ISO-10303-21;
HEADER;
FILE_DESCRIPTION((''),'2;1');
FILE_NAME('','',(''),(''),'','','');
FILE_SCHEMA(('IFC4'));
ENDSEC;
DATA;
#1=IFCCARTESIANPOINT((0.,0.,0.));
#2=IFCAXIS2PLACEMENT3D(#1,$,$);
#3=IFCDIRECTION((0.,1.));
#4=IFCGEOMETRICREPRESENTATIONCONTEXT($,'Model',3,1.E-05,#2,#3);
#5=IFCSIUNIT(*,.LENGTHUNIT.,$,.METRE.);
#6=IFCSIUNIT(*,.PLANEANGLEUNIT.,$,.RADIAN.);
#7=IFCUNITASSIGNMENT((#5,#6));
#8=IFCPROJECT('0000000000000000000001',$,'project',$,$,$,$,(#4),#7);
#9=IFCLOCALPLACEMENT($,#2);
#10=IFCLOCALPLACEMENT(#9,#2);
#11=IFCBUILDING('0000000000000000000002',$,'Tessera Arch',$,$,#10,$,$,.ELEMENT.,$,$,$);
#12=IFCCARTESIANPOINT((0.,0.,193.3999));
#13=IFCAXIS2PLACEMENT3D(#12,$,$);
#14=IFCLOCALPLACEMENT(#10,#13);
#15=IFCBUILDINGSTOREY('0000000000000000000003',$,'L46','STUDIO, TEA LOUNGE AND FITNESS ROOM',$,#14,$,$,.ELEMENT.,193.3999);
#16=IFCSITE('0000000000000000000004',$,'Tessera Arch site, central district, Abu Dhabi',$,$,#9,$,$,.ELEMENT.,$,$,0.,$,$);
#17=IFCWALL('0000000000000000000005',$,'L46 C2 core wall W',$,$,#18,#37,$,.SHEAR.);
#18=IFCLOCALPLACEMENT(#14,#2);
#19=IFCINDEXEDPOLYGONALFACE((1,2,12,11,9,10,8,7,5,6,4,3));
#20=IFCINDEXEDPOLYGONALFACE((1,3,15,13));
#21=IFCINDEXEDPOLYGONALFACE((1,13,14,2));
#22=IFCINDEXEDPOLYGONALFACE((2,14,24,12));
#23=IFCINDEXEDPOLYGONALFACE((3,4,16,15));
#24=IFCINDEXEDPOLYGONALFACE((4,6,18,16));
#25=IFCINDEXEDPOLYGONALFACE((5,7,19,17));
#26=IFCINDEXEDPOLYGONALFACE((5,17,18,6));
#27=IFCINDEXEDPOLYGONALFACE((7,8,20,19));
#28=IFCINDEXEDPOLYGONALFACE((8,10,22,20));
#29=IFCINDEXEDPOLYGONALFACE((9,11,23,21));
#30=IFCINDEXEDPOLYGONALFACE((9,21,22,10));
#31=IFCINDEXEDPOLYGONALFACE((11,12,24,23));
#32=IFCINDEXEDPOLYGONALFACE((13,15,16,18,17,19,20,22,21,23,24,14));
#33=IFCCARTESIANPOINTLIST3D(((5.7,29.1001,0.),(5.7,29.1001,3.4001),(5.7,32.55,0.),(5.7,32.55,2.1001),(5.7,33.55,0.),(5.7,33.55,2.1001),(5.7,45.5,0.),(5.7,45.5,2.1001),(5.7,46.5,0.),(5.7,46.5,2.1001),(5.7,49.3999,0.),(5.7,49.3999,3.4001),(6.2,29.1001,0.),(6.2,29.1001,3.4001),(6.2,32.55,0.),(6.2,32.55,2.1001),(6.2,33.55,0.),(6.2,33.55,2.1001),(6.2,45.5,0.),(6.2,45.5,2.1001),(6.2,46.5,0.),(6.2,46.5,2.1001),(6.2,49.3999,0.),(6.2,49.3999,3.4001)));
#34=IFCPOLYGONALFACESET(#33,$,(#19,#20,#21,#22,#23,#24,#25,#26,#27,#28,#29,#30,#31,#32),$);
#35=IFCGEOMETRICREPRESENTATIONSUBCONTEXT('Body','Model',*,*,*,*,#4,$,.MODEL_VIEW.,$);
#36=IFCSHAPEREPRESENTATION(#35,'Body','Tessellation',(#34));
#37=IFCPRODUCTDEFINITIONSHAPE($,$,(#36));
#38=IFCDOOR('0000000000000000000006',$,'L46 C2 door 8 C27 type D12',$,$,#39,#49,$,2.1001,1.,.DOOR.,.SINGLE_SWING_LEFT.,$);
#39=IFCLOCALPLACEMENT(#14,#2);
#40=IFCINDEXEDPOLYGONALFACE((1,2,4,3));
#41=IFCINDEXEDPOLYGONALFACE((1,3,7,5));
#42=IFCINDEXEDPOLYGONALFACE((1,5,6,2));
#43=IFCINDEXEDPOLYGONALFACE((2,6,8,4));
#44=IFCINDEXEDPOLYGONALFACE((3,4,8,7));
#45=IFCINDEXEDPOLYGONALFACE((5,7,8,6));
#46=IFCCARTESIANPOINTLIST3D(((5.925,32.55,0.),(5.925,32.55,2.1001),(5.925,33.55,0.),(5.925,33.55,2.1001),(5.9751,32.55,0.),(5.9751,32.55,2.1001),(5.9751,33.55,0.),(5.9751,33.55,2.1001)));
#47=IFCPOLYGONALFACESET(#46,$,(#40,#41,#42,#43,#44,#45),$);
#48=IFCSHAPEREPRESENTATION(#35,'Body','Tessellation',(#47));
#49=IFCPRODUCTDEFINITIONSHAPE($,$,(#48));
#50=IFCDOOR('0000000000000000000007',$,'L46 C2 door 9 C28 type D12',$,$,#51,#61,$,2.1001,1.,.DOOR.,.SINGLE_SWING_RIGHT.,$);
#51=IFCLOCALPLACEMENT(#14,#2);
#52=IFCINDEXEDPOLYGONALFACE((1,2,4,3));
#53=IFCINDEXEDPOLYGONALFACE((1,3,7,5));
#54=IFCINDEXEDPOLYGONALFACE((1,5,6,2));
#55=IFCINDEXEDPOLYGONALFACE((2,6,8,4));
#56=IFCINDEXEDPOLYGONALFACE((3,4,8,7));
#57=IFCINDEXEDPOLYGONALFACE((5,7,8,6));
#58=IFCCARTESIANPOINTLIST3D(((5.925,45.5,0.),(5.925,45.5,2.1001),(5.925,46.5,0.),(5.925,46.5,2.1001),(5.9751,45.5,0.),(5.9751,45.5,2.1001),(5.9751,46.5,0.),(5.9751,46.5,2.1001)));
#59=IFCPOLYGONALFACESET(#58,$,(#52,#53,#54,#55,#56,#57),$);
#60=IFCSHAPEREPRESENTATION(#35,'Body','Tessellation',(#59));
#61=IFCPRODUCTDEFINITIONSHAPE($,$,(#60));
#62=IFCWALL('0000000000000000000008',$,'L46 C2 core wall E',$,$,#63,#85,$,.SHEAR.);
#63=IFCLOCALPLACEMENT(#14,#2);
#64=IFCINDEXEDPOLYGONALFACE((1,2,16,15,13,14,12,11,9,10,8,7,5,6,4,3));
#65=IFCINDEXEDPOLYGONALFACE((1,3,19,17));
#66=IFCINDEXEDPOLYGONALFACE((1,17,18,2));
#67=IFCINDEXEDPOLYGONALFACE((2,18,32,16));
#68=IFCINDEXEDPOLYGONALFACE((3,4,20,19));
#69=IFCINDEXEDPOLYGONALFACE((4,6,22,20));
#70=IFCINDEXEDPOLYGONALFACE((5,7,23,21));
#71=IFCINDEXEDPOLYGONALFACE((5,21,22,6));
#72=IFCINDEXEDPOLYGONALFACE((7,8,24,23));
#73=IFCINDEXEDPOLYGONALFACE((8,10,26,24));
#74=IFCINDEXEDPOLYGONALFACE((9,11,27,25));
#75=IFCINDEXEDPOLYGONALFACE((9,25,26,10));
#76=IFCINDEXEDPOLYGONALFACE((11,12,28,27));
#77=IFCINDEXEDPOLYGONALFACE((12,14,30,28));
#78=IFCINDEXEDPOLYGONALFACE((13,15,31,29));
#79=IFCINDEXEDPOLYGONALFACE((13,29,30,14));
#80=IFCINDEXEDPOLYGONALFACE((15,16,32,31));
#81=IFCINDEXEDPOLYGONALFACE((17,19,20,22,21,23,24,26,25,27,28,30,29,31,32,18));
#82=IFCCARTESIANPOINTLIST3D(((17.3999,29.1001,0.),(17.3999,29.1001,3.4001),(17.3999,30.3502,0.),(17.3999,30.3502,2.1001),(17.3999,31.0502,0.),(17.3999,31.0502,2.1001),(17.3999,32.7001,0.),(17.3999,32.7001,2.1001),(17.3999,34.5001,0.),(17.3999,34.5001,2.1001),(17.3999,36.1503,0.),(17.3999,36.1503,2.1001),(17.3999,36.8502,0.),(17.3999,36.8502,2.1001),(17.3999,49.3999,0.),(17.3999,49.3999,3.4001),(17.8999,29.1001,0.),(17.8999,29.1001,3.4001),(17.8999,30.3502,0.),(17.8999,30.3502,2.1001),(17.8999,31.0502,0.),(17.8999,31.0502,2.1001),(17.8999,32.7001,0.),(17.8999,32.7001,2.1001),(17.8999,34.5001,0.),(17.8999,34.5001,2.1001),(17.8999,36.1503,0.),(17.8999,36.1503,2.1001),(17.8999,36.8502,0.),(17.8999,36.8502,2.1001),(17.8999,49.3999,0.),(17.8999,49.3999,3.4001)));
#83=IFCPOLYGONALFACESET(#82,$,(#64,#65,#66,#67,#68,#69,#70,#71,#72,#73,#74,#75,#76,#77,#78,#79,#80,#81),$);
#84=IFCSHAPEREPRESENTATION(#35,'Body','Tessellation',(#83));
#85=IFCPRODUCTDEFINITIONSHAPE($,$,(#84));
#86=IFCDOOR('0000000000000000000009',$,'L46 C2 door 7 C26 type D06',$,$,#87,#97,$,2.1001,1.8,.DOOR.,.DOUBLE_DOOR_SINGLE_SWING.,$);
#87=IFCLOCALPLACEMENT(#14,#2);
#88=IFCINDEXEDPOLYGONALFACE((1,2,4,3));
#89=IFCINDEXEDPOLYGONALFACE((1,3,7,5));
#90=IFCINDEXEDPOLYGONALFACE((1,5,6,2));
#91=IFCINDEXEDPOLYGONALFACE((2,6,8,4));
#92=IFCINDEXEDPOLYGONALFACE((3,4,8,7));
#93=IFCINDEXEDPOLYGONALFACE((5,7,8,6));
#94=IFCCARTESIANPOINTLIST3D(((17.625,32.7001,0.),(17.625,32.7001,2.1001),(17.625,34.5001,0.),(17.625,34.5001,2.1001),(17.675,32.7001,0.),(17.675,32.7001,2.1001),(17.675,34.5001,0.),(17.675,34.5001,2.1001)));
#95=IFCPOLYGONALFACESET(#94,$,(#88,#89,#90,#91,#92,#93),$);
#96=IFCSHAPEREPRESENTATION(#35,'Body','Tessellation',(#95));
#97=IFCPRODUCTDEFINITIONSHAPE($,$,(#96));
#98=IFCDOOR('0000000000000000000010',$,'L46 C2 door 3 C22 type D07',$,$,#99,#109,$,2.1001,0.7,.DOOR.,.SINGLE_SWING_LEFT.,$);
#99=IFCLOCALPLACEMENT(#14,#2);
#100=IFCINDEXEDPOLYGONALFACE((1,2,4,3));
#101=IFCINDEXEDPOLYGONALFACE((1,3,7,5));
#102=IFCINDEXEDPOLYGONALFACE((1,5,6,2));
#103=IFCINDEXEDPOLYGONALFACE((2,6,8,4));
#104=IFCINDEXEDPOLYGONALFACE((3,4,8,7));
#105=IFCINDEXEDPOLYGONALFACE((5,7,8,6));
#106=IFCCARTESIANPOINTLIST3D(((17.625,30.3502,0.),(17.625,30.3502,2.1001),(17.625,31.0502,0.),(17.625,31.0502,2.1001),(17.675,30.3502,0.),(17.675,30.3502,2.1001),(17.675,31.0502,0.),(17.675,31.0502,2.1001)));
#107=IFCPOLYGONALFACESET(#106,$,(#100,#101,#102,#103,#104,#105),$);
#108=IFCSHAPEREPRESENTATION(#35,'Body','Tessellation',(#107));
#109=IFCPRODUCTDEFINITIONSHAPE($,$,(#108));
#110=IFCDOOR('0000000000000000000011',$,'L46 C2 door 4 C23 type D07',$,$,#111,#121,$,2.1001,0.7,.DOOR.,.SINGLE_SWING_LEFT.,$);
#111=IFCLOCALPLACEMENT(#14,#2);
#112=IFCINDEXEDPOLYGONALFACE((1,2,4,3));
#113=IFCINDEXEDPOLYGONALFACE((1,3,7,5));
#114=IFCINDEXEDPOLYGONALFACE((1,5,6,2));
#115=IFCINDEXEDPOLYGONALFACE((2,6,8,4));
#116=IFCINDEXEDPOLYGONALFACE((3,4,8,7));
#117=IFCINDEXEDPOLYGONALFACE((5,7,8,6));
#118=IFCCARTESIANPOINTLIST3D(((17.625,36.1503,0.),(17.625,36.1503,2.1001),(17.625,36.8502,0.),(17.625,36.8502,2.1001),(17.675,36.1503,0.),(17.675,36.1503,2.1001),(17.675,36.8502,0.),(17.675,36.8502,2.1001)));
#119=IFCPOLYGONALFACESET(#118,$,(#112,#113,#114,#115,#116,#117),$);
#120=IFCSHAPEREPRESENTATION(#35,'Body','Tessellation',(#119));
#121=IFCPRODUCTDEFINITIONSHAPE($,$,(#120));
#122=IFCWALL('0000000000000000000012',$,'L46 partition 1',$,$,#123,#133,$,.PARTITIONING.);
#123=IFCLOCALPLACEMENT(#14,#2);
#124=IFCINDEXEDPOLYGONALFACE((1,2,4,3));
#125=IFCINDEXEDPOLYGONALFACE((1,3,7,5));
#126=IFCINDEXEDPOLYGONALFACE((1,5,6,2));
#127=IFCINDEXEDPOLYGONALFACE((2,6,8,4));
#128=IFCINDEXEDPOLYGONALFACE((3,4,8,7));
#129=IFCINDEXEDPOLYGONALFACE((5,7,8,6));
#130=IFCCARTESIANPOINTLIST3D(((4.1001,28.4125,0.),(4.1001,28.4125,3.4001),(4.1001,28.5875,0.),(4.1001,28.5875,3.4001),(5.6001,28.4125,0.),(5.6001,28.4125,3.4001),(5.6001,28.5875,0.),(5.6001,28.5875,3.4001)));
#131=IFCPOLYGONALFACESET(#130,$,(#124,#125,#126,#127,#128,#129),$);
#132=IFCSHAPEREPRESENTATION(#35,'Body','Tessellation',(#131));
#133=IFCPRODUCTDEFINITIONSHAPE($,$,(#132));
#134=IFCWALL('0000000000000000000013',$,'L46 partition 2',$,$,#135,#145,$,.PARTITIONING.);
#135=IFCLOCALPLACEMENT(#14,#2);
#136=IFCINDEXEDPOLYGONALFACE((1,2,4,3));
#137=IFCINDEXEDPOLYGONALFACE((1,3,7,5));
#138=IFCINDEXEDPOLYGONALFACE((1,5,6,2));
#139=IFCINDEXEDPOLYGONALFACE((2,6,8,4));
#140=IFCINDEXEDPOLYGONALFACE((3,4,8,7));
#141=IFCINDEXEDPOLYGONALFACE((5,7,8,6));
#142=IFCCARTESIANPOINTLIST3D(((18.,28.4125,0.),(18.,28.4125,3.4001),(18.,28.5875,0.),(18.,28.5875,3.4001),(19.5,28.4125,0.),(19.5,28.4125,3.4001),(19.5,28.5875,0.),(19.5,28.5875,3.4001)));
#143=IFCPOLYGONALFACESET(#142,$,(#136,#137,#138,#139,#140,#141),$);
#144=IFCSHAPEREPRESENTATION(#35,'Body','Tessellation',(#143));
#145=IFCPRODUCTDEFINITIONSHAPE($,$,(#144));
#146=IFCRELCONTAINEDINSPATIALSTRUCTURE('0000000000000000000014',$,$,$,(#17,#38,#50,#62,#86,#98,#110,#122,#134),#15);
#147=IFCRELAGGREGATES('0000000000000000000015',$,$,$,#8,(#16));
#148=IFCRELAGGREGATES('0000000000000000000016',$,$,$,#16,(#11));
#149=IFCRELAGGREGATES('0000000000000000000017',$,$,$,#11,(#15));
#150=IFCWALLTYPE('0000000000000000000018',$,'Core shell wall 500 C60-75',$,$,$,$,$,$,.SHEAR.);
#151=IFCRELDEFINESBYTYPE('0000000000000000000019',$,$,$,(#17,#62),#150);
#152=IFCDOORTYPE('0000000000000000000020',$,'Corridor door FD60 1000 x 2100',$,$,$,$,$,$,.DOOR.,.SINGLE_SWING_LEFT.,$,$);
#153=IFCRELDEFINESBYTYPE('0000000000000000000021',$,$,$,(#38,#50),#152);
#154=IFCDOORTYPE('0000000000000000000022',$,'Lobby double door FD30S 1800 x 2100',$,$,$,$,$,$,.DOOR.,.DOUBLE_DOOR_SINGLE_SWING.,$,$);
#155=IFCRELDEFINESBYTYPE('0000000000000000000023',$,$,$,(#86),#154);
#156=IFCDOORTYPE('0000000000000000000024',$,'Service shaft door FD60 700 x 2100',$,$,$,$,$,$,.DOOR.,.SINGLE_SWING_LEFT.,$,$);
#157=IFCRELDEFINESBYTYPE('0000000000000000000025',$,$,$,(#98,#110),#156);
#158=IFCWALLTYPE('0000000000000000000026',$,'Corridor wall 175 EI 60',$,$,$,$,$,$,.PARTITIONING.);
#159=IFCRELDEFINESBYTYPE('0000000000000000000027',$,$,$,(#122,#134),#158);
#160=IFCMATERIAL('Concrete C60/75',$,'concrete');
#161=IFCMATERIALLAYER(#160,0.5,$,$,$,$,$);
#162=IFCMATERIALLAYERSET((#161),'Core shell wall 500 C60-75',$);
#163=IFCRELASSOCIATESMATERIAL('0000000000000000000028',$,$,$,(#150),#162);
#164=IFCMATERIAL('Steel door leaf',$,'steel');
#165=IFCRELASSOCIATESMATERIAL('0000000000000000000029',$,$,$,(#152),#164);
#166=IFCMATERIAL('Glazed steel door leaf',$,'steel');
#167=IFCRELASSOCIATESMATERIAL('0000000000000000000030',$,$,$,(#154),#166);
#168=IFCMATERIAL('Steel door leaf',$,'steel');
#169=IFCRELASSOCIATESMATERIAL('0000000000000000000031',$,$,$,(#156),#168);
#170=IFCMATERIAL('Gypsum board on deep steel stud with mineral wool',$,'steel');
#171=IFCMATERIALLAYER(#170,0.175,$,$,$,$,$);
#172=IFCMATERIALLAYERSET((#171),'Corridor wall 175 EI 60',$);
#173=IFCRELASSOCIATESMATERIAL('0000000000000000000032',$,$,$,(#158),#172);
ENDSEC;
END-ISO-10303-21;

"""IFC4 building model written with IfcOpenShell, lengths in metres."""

from ifc_helpers import new_model, si_unit, direction, frame, frame_2d, origin, place, context, subcontext, project, spatial, rectangle, extrude, material, layer, layer_set, type_object, element, fill, save


model = new_model("IFC4")

# Units and contexts
model_context = context("Model", 3, precision=1e-05, world=origin(), true_north=direction((0.0, 1.0)))
body_context = subcontext(model_context, "Body", "Model", "MODEL_VIEW")
ifc_project = project(units=[si_unit("LENGTHUNIT", "METRE"), si_unit("PLANEANGLEUNIT", "RADIAN")], contexts=[model_context])

# Site, building, storey
site_placement = place(None, origin())
site = spatial("IfcSite", under=ifc_project, at=site_placement, Name="Tessera Arch site, central district, Abu Dhabi", CompositionType="ELEMENT", RefElevation=0.0)
building_placement = place(site_placement, origin())
building = spatial("IfcBuilding", under=site, at=building_placement, Name="Tessera Arch", CompositionType="ELEMENT")
storey_placement = place(building_placement, frame((0.0, 0.0, 193.3999)))
storey = spatial("IfcBuildingStorey", under=building, at=storey_placement, Name="L46", Description="STUDIO, TEA LOUNGE AND FITNESS ROOM", CompositionType="ELEMENT", Elevation=193.3999)

# Shared definitions
ifc_material_1 = material(Name="Concrete C60/75", Category="concrete")
ifc_layer_1 = layer(ifc_material_1, 0.5)
ifc_layer_set_1 = layer_set([ifc_layer_1], Name="Core shell wall 500 C60-75")
wall_type_1 = type_object("IfcWallType", Name="Core shell wall 500 C60-75", PredefinedType="SHEAR", material=ifc_layer_set_1)

# Walls, openings, doors
wall_1_placement = place(storey_placement, frame((5.95, 29.1001, 0.0), z_axis=(0.0, 0.0, 1.0), x_axis=(0.0, 1.0, 0.0)))
wall_1 = element("IfcWall", 1, at=wall_1_placement, inside=storey, type_object=wall_type_1, Name="L46 C2 core wall W", PredefinedType="SHEAR", context=body_context, shape_type="SweptSolid", body=[
    extrude(rectangle(XDim=20.2998, YDim=0.5, at=frame_2d((10.1499, 0.0))), origin(), (0.0, 0.0, 1.0), 3.4001),
])
opening_1_placement = place(wall_1_placement, frame((3.45, 0.0, 0.0)))
opening_1 = element("IfcOpeningElement", 2, at=opening_1_placement, cuts=wall_1, PredefinedType="OPENING", context=body_context, shape_type="SweptSolid", body=[
    extrude(rectangle(XDim=1.0, YDim=2.1001, at=frame_2d((0.5, 1.05))), frame((0.0, 0.26, 0.0), z_axis=(0.0, -1.0, 0.0), x_axis=(1.0, 0.0, 0.0)), (0.0, 0.0, 1.0), 0.52),
])
opening_2_placement = place(wall_1_placement, frame((16.3999, 0.0, 0.0)))
opening_2 = element("IfcOpeningElement", 3, at=opening_2_placement, cuts=wall_1, PredefinedType="OPENING", context=body_context, shape_type="SweptSolid", body=[
    extrude(rectangle(XDim=1.0, YDim=2.1001, at=frame_2d((0.5, 1.05))), frame((0.0, 0.26, 0.0), z_axis=(0.0, -1.0, 0.0), x_axis=(1.0, 0.0, 0.0)), (0.0, 0.0, 1.0), 0.52),
])
ifc_material_2 = material(Name="Steel door leaf", Category="steel")
door_type_1 = type_object("IfcDoorType", Name="Corridor door FD60 1000 x 2100", OperationType="SINGLE_SWING_LEFT", PredefinedType="DOOR", material=ifc_material_2)
door_1_placement = place(opening_1_placement, origin())
door_1 = element("IfcDoor", 4, at=door_1_placement, inside=storey, type_object=door_type_1, Name="L46 C2 door 8 C27 type D12", OperationType="SINGLE_SWING_LEFT", OverallHeight=2.1001, OverallWidth=1.0, PredefinedType="DOOR", context=body_context, shape_type="SweptSolid", body=[
    extrude(rectangle(XDim=1.0, YDim=2.1001, at=frame_2d((0.5, 1.05))), frame((0.0, 0.0249, 0.0), z_axis=(0.0, -1.0, 0.0), x_axis=(1.0, 0.0, 0.0)), (0.0, 0.0, 1.0), 0.05),
])
fill(opening_1, door_1)
door_2_placement = place(opening_2_placement, origin())
door_2 = element("IfcDoor", 5, at=door_2_placement, inside=storey, type_object=door_type_1, Name="L46 C2 door 9 C28 type D12", OperationType="SINGLE_SWING_RIGHT", OverallHeight=2.1001, OverallWidth=1.0, PredefinedType="DOOR", context=body_context, shape_type="SweptSolid", body=[
    extrude(rectangle(XDim=1.0, YDim=2.1001, at=frame_2d((0.5, 1.05))), frame((0.0, 0.0249, 0.0), z_axis=(0.0, -1.0, 0.0), x_axis=(1.0, 0.0, 0.0)), (0.0, 0.0, 1.0), 0.05),
])
fill(opening_2, door_2)
wall_2_placement = place(storey_placement, frame((17.6499, 29.1001, 0.0), z_axis=(0.0, 0.0, 1.0), x_axis=(0.0, 1.0, 0.0)))
wall_2 = element("IfcWall", 6, at=wall_2_placement, inside=storey, type_object=wall_type_1, Name="L46 C2 core wall E", PredefinedType="SHEAR", context=body_context, shape_type="SweptSolid", body=[
    extrude(rectangle(XDim=20.2998, YDim=0.5, at=frame_2d((10.1499, 0.0))), origin(), (0.0, 0.0, 1.0), 3.4001),
])
opening_3_placement = place(wall_2_placement, frame((1.25, 0.0, 0.0)))
opening_3 = element("IfcOpeningElement", 7, at=opening_3_placement, cuts=wall_2, PredefinedType="OPENING", context=body_context, shape_type="SweptSolid", body=[
    extrude(rectangle(XDim=0.7, YDim=2.1001, at=frame_2d((0.3501, 1.05))), frame((0.0, 0.26, 0.0), z_axis=(0.0, -1.0, 0.0), x_axis=(1.0, 0.0, 0.0)), (0.0, 0.0, 1.0), 0.52),
])
opening_4_placement = place(wall_2_placement, frame((7.05, 0.0, 0.0)))
opening_4 = element("IfcOpeningElement", 8, at=opening_4_placement, cuts=wall_2, PredefinedType="OPENING", context=body_context, shape_type="SweptSolid", body=[
    extrude(rectangle(XDim=0.7, YDim=2.1001, at=frame_2d((0.3501, 1.05))), frame((0.0, 0.26, 0.0), z_axis=(0.0, -1.0, 0.0), x_axis=(1.0, 0.0, 0.0)), (0.0, 0.0, 1.0), 0.52),
])
opening_5_placement = place(wall_2_placement, frame((3.6001, 0.0, 0.0)))
opening_5 = element("IfcOpeningElement", 9, at=opening_5_placement, cuts=wall_2, PredefinedType="OPENING", context=body_context, shape_type="SweptSolid", body=[
    extrude(rectangle(XDim=1.8, YDim=2.1001, at=frame_2d((0.8999, 1.05))), frame((0.0, 0.26, 0.0), z_axis=(0.0, -1.0, 0.0), x_axis=(1.0, 0.0, 0.0)), (0.0, 0.0, 1.0), 0.52),
])
ifc_material_3 = material(Name="Glazed steel door leaf", Category="steel")
door_type_2 = type_object("IfcDoorType", Name="Lobby double door FD30S 1800 x 2100", OperationType="DOUBLE_DOOR_SINGLE_SWING", PredefinedType="DOOR", material=ifc_material_3)
door_3_placement = place(opening_5_placement, origin())
door_3 = element("IfcDoor", 10, at=door_3_placement, inside=storey, type_object=door_type_2, Name="L46 C2 door 7 C26 type D06", OperationType="DOUBLE_DOOR_SINGLE_SWING", OverallHeight=2.1001, OverallWidth=1.8, PredefinedType="DOOR", context=body_context, shape_type="SweptSolid", body=[
    extrude(rectangle(XDim=1.8, YDim=2.1001, at=frame_2d((0.8999, 1.05))), frame((0.0, 0.0249, 0.0), z_axis=(0.0, -1.0, 0.0), x_axis=(1.0, 0.0, 0.0)), (0.0, 0.0, 1.0), 0.05),
])
fill(opening_5, door_3)
ifc_material_4 = material(Name="Steel door leaf", Category="steel")
door_type_3 = type_object("IfcDoorType", Name="Service shaft door FD60 700 x 2100", OperationType="SINGLE_SWING_LEFT", PredefinedType="DOOR", material=ifc_material_4)
door_4_placement = place(opening_3_placement, origin())
door_4 = element("IfcDoor", 11, at=door_4_placement, inside=storey, type_object=door_type_3, Name="L46 C2 door 3 C22 type D07", OperationType="SINGLE_SWING_LEFT", OverallHeight=2.1001, OverallWidth=0.7, PredefinedType="DOOR", context=body_context, shape_type="SweptSolid", body=[
    extrude(rectangle(XDim=0.7, YDim=2.1001, at=frame_2d((0.3501, 1.05))), frame((0.0, 0.0249, 0.0), z_axis=(0.0, -1.0, 0.0), x_axis=(1.0, 0.0, 0.0)), (0.0, 0.0, 1.0), 0.05),
])
fill(opening_3, door_4)
door_5_placement = place(opening_4_placement, origin())
door_5 = element("IfcDoor", 12, at=door_5_placement, inside=storey, type_object=door_type_3, Name="L46 C2 door 4 C23 type D07", OperationType="SINGLE_SWING_LEFT", OverallHeight=2.1001, OverallWidth=0.7, PredefinedType="DOOR", context=body_context, shape_type="SweptSolid", body=[
    extrude(rectangle(XDim=0.7, YDim=2.1001, at=frame_2d((0.3501, 1.05))), frame((0.0, 0.0249, 0.0), z_axis=(0.0, -1.0, 0.0), x_axis=(1.0, 0.0, 0.0)), (0.0, 0.0, 1.0), 0.05),
])
fill(opening_4, door_5)

# Walls
ifc_material_5 = material(Name="Gypsum board on deep steel stud with mineral wool", Category="steel")
ifc_layer_2 = layer(ifc_material_5, 0.175)
ifc_layer_set_2 = layer_set([ifc_layer_2], Name="Corridor wall 175 EI 60")
wall_type_2 = type_object("IfcWallType", Name="Corridor wall 175 EI 60", PredefinedType="PARTITIONING", material=ifc_layer_set_2)
for number, where, z_axis, x_axis, name in (
    (13, (4.1001, 28.5, 0.0), (0.0, 0.0, 1.0), (1.0, 0.0, 0.0), "L46 partition 1"),
    (14, (18.0, 28.5, 0.0), (0.0, 0.0, 1.0), (1.0, 0.0, 0.0), "L46 partition 2"),
):
    element("IfcWall", number, at=place(storey_placement, frame(where, z_axis=z_axis, x_axis=x_axis)), inside=storey, type_object=wall_type_2, Name=name, PredefinedType="PARTITIONING", context=body_context, shape_type="SweptSolid", body=[
        extrude(rectangle(XDim=1.5, YDim=0.175, at=frame_2d((0.75, 0.0))), origin(), (0.0, 0.0, 1.0), 3.4001),
    ])

save(model, "model.ifc")
